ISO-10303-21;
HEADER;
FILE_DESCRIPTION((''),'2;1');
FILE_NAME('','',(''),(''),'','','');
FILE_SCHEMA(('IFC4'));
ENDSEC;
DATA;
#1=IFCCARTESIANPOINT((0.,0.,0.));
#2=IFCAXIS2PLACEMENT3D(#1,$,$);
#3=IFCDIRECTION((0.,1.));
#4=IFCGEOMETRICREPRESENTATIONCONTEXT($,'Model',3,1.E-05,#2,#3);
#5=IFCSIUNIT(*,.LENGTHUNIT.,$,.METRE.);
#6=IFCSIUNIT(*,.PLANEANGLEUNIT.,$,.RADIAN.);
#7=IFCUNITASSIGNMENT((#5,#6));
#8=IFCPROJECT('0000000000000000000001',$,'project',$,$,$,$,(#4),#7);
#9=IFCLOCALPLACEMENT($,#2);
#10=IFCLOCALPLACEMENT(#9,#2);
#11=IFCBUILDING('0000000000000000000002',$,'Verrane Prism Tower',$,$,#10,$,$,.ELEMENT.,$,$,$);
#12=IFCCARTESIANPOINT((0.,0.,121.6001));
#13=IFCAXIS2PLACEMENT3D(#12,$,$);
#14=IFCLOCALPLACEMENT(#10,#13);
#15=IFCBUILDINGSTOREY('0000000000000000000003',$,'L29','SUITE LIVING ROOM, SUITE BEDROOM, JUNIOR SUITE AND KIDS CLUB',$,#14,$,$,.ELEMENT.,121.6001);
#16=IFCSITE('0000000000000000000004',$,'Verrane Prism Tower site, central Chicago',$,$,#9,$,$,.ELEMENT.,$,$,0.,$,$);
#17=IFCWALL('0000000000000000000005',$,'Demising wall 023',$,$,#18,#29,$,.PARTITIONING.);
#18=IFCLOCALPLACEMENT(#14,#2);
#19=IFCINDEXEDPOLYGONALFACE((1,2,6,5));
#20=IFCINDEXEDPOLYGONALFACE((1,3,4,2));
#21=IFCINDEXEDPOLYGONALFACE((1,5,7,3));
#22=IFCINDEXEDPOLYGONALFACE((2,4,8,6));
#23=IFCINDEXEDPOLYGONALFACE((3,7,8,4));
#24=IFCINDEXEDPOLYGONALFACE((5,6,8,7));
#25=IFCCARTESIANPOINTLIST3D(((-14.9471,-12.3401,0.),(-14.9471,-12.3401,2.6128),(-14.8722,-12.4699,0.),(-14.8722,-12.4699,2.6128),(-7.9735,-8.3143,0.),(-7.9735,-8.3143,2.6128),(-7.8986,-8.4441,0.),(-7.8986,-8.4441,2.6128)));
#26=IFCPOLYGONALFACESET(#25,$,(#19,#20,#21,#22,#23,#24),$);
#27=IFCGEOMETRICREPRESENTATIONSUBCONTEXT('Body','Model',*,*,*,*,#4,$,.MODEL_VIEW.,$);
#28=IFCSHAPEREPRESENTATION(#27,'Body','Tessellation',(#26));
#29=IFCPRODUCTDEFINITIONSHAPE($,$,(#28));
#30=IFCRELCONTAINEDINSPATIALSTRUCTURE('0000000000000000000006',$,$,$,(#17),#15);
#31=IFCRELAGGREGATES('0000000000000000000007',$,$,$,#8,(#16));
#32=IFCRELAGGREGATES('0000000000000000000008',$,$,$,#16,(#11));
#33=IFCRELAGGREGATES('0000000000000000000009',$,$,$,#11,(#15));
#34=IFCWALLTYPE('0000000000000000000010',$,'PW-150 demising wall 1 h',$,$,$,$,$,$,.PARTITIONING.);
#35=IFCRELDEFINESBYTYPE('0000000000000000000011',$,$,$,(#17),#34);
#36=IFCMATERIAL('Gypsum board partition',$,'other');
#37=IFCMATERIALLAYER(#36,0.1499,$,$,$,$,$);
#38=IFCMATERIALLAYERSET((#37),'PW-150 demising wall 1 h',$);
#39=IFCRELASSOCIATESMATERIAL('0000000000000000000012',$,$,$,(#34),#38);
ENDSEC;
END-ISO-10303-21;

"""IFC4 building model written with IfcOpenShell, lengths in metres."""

from ifc_helpers import new_model, si_unit, direction, frame, frame_2d, origin, place, context, subcontext, project, spatial, rectangle, extrude, material, layer, layer_set, type_object, element, save


model = new_model("IFC4")

# Units and contexts
model_context = context("Model", 3, precision=1e-05, world=origin(), true_north=direction((0.0, 1.0)))
body_context = subcontext(model_context, "Body", "Model", "MODEL_VIEW")
ifc_project = project(units=[si_unit("LENGTHUNIT", "METRE"), si_unit("PLANEANGLEUNIT", "RADIAN")], contexts=[model_context])

# Site, building, storey
site_placement = place(None, origin())
site = spatial("IfcSite", under=ifc_project, at=site_placement, Name="Verrane Prism Tower site, central Chicago", CompositionType="ELEMENT", RefElevation=0.0)
building_placement = place(site_placement, origin())
building = spatial("IfcBuilding", under=site, at=building_placement, Name="Verrane Prism Tower", CompositionType="ELEMENT")
storey_placement = place(building_placement, frame((0.0, 0.0, 121.6001)))
storey = spatial("IfcBuildingStorey", under=building, at=storey_placement, Name="L29", Description="SUITE LIVING ROOM, SUITE BEDROOM, JUNIOR SUITE AND KIDS CLUB", CompositionType="ELEMENT", Elevation=121.6001)

# Wall
ifc_material_1 = material(Name="Gypsum board partition", Category="other")
ifc_layer_1 = layer(ifc_material_1, 0.1499)
ifc_layer_set_1 = layer_set([ifc_layer_1], Name="PW-150 demising wall 1 h")
wall_type = type_object("IfcWallType", Name="PW-150 demising wall 1 h", PredefinedType="PARTITIONING", material=ifc_layer_set_1)
wall_placement = place(storey_placement, frame((-14.9097, -12.405, 0.0), z_axis=(0.0, 0.0, 1.0), x_axis=(0.866044, 0.499967, 0.0)))
element("IfcWall", 1, at=wall_placement, inside=storey, type_object=wall_type, Name="Demising wall 023", PredefinedType="PARTITIONING", context=body_context, shape_type="SweptSolid", body=[
    extrude(rectangle(XDim=8.0522, YDim=0.1499, at=frame_2d((4.0261, 0.0))), origin(), (0.0, 0.0, 1.0), 2.6128),
])

save(model, "model.ifc")
